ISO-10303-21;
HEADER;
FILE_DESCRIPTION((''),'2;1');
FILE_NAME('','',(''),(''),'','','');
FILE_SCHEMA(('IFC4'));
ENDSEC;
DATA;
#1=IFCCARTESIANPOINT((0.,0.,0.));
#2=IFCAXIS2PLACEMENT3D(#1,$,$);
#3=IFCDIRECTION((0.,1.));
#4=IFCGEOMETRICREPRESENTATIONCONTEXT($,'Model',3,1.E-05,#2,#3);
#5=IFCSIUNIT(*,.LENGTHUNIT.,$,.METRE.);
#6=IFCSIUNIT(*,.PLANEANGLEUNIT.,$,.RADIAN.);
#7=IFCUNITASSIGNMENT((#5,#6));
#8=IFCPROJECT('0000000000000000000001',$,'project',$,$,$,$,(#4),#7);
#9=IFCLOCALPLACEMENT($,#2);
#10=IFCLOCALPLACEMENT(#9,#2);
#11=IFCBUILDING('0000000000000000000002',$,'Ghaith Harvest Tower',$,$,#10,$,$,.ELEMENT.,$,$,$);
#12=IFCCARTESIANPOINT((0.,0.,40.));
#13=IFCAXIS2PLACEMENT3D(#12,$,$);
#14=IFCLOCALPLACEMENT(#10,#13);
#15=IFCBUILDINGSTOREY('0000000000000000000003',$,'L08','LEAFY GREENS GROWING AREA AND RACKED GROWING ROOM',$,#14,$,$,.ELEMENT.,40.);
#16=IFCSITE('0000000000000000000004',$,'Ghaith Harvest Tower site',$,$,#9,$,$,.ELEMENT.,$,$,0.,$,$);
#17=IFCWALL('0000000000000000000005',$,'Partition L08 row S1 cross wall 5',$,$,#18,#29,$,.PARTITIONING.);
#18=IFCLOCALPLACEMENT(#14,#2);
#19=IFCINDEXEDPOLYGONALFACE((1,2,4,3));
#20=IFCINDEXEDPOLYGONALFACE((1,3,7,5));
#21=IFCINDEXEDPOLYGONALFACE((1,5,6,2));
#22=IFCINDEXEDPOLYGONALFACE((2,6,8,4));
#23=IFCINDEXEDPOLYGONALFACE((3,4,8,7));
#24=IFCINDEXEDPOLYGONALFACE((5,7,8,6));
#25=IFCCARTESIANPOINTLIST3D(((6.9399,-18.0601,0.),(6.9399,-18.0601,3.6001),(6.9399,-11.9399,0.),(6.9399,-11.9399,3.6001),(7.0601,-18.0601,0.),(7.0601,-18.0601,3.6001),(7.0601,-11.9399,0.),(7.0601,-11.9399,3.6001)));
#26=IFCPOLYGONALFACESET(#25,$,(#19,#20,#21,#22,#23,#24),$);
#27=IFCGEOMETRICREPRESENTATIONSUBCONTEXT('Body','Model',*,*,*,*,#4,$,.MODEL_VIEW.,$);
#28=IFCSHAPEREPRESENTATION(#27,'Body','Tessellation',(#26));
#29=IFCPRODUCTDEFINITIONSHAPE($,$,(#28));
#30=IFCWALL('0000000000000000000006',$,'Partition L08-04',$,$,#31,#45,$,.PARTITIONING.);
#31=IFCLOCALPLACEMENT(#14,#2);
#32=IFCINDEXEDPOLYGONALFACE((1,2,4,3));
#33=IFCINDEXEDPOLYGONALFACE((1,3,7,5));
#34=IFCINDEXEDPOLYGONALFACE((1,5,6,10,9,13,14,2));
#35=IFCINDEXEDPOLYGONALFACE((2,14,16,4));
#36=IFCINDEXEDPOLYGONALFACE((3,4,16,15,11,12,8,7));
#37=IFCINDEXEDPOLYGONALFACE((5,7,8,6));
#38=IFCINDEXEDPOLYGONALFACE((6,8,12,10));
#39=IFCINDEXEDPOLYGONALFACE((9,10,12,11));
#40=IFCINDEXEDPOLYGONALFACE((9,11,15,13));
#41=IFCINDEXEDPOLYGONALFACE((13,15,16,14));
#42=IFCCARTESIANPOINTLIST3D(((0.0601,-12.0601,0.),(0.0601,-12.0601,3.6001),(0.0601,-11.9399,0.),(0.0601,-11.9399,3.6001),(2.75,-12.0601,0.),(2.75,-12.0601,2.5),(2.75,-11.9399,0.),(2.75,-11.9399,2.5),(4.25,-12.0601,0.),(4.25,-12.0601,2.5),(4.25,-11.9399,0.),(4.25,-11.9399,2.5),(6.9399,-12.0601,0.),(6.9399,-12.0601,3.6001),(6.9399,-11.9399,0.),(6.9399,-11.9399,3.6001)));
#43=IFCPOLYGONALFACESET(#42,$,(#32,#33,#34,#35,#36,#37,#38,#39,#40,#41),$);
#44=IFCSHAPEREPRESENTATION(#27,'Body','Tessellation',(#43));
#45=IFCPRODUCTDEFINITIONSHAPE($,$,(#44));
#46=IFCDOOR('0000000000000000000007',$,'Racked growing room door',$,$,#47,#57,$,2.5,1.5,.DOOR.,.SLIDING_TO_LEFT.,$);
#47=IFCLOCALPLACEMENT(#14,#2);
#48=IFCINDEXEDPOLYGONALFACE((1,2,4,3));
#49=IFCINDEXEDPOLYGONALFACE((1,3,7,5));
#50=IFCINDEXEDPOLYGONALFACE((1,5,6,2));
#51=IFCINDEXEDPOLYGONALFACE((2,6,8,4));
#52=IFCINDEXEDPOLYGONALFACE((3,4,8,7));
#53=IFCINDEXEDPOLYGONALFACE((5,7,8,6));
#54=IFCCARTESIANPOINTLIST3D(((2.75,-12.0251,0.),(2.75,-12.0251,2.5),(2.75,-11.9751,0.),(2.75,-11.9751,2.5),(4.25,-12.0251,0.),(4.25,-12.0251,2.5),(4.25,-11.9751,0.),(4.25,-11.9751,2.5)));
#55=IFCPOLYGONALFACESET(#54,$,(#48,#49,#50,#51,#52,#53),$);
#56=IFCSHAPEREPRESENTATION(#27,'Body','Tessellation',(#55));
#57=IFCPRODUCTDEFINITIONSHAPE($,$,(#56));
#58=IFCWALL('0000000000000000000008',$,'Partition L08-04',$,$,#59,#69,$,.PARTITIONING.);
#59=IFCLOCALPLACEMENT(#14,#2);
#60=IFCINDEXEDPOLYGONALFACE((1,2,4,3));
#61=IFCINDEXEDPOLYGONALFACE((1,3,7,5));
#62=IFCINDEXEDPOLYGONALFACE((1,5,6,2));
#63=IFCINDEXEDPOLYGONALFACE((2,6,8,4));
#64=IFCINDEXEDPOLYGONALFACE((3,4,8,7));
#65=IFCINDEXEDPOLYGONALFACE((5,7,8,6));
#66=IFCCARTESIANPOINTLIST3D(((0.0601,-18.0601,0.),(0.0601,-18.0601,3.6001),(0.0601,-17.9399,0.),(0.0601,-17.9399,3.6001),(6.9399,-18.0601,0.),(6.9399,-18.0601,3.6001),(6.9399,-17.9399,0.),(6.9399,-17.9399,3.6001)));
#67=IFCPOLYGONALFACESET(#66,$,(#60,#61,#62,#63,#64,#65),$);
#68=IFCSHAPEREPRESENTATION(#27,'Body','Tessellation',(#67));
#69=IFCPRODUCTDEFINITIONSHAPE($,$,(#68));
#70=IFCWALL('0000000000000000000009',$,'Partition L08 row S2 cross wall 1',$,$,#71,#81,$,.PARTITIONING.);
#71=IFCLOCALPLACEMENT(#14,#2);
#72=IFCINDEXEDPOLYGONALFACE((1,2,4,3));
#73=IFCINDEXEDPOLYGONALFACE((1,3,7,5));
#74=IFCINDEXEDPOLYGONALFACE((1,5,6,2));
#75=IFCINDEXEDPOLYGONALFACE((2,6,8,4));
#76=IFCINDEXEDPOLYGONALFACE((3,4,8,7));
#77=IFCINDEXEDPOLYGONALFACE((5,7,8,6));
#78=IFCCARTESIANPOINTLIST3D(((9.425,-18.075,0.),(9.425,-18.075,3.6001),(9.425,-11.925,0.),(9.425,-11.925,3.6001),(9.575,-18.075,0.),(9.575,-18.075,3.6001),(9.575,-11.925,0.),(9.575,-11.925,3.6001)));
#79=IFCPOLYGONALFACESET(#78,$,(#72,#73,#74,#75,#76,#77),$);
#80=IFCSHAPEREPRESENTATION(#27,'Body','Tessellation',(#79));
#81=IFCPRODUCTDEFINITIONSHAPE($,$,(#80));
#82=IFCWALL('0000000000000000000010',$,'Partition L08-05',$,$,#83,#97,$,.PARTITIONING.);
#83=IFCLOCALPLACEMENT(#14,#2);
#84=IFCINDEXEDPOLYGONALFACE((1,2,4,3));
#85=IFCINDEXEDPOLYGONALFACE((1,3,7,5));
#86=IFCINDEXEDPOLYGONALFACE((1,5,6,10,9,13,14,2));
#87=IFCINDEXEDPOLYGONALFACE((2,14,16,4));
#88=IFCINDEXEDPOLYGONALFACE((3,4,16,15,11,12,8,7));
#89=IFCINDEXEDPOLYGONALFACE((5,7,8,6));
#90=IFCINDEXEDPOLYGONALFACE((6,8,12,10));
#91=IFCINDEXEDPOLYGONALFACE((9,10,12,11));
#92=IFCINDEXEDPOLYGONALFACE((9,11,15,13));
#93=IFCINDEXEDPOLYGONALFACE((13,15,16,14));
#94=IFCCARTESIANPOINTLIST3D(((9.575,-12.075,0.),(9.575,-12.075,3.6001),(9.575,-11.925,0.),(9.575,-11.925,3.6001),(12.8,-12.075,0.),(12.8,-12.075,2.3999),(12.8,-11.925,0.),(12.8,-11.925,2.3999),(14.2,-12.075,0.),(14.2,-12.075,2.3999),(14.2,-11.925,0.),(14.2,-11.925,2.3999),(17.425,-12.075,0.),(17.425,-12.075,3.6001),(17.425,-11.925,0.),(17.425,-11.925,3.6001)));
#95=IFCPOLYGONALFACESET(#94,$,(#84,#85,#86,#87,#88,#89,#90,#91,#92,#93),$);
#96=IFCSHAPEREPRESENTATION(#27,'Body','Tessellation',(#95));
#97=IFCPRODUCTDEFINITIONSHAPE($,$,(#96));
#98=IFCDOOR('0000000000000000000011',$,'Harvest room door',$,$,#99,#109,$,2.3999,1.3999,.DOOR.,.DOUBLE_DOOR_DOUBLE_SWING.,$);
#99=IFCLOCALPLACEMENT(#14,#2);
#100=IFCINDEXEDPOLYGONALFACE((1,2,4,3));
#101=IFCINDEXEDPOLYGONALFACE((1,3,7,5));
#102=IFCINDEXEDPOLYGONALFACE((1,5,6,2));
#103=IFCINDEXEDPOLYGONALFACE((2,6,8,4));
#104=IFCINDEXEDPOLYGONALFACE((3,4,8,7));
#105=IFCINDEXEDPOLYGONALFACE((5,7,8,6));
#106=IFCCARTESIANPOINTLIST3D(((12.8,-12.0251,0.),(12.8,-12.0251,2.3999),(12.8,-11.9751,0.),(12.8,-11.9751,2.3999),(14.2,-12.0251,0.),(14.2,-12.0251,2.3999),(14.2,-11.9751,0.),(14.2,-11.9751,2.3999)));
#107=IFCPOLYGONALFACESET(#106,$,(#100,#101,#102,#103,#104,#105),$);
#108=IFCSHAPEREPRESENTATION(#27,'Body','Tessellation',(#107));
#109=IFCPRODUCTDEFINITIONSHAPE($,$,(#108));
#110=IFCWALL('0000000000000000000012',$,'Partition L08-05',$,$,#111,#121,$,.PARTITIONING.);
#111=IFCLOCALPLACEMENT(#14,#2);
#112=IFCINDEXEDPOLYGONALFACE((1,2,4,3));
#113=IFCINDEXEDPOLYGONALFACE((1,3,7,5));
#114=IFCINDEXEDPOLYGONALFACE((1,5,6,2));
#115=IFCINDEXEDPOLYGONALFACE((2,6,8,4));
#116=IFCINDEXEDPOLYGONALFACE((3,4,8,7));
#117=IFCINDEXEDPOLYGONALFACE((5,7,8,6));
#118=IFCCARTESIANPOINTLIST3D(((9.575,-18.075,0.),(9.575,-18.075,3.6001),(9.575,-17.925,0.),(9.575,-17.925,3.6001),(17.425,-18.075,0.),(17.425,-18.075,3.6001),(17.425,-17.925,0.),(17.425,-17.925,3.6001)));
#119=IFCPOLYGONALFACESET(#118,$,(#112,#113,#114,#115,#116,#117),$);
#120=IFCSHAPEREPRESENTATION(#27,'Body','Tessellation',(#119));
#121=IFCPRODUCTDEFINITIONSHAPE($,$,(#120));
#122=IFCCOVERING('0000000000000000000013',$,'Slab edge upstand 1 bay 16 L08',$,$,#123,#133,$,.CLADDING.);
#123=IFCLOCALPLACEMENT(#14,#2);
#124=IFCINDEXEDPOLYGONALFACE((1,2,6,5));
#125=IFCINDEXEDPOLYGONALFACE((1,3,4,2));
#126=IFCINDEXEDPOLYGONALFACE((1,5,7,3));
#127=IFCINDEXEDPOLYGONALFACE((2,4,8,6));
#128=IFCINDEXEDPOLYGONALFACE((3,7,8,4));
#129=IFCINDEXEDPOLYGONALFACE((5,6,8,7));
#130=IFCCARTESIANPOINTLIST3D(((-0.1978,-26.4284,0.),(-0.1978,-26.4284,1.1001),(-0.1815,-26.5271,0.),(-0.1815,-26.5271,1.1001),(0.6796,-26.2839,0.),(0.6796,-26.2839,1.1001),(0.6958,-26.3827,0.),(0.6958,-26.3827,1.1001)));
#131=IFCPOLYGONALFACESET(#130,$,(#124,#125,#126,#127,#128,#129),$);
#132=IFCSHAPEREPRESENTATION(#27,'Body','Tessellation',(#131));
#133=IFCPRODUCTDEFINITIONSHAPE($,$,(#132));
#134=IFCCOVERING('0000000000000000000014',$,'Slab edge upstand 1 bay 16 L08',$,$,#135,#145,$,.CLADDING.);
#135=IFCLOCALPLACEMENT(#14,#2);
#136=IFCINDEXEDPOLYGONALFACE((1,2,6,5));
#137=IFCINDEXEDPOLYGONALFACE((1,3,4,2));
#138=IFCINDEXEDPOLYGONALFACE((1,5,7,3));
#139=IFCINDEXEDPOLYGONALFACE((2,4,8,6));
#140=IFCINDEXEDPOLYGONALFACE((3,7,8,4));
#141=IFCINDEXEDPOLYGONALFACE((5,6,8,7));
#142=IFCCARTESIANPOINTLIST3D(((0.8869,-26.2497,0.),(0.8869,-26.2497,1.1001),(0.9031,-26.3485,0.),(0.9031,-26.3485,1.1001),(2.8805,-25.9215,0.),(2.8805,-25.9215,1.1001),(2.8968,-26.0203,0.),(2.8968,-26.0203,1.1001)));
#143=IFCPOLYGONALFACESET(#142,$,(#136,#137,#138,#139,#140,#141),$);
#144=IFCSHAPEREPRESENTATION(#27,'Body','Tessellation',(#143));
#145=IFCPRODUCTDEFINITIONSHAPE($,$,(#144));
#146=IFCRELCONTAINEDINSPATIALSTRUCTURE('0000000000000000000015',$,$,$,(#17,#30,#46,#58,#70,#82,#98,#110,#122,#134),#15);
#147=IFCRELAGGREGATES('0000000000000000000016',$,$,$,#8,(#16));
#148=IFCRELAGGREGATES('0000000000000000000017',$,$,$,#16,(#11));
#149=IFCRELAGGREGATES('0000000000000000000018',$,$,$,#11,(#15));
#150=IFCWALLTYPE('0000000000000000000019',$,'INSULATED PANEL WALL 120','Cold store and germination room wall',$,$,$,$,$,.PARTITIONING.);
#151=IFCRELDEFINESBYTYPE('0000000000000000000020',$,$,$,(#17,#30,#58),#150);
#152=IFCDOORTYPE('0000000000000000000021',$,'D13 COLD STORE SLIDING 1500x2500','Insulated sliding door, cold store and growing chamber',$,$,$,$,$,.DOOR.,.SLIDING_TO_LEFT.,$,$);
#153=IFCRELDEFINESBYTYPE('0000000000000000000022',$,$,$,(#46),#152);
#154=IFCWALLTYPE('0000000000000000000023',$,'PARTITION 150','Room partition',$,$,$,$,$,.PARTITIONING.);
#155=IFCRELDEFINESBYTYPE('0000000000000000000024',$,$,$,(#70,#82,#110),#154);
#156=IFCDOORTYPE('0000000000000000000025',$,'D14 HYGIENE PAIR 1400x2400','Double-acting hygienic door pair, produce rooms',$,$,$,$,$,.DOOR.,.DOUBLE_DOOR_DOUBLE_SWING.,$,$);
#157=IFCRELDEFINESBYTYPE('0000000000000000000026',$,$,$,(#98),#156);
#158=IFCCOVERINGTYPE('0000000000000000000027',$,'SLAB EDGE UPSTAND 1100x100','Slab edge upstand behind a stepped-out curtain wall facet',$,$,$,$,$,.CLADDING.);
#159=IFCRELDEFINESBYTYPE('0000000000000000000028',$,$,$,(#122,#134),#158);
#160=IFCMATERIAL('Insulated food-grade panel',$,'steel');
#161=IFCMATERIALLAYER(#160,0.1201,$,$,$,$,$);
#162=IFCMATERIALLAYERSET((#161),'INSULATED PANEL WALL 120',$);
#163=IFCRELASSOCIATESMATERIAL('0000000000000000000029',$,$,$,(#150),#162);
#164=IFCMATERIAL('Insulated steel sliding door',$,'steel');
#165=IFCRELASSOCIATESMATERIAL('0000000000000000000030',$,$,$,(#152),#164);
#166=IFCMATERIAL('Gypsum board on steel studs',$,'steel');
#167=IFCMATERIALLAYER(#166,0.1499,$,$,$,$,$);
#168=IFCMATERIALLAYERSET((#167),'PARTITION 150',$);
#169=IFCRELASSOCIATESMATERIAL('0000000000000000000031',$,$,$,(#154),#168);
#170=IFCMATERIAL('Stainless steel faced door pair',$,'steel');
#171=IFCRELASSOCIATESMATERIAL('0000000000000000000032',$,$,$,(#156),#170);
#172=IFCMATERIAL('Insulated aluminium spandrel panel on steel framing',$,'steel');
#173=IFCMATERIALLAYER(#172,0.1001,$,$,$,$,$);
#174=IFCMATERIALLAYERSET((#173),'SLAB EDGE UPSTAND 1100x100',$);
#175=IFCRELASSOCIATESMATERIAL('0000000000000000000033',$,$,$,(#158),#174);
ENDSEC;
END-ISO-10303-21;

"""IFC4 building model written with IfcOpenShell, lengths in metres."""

from ifc_helpers import new_model, si_unit, direction, frame, frame_2d, origin, origin_2d, place, context, subcontext, project, spatial, rectangle, extrude, material, layer, layer_set, type_object, element, fill, save


model = new_model("IFC4")

# Units and contexts
model_context = context("Model", 3, precision=1e-05, world=origin(), true_north=direction((0.0, 1.0)))
body_context = subcontext(model_context, "Body", "Model", "MODEL_VIEW")
ifc_project = project(units=[si_unit("LENGTHUNIT", "METRE"), si_unit("PLANEANGLEUNIT", "RADIAN")], contexts=[model_context])

# Site, building, storey
site_placement = place(None, origin())
site = spatial("IfcSite", under=ifc_project, at=site_placement, Name="Ghaith Harvest Tower site", CompositionType="ELEMENT", RefElevation=0.0)
building_placement = place(site_placement, origin())
building = spatial("IfcBuilding", under=site, at=building_placement, Name="Ghaith Harvest Tower", CompositionType="ELEMENT")
storey_placement = place(building_placement, frame((0.0, 0.0, 40.0)))
storey = spatial("IfcBuildingStorey", under=building, at=storey_placement, Name="L08", Description="LEAFY GREENS GROWING AREA AND RACKED GROWING ROOM", CompositionType="ELEMENT", Elevation=40.0)

# Wall
ifc_material_1 = material(Name="Insulated food-grade panel", Category="steel")
ifc_layer_1 = layer(ifc_material_1, 0.1201)
ifc_layer_set_1 = layer_set([ifc_layer_1], Name="INSULATED PANEL WALL 120")
wall_type_1 = type_object("IfcWallType", Name="INSULATED PANEL WALL 120", Description="Cold store and germination room wall", PredefinedType="PARTITIONING", material=ifc_layer_set_1)
for number, where, z_axis, x_axis, name in (
    (1, (7.0, -11.9399, 0.0), (0.0, 0.0, 1.0), (0.0, -1.0, 0.0), "Partition L08 row S1 cross wall 5"),
):
    element("IfcWall", number, at=place(storey_placement, frame(where, z_axis=z_axis, x_axis=x_axis)), inside=storey, type_object=wall_type_1, Name=name, PredefinedType="PARTITIONING", context=body_context, shape_type="SweptSolid", body=[
        extrude(rectangle(XDim=6.1201, YDim=0.1201, at=frame_2d((3.0601, 0.0))), origin(), (0.0, 0.0, 1.0), 3.6001),
    ])

# Wall, opening, door
wall_1_placement = place(storey_placement, frame((0.0601, -12.0, 0.0), z_axis=(0.0, 0.0, 1.0), x_axis=(1.0, 0.0, 0.0)))
wall_1 = element("IfcWall", 2, at=wall_1_placement, inside=storey, type_object=wall_type_1, Name="Partition L08-04", PredefinedType="PARTITIONING", context=body_context, shape_type="SweptSolid", body=[
    extrude(rectangle(XDim=6.8799, YDim=0.1201, at=frame_2d((3.4399, 0.0))), origin(), (0.0, 0.0, 1.0), 3.6001),
])
opening_1_placement = place(wall_1_placement, frame((2.6899, 0.0, 0.0)))
opening_1 = element("IfcOpeningElement", 3, at=opening_1_placement, cuts=wall_1, PredefinedType="OPENING", context=body_context, shape_type="SweptSolid", body=[
    extrude(rectangle(XDim=1.5, YDim=2.5, at=frame_2d((0.75, 1.25))), frame((0.0, 0.0701, 0.0), z_axis=(0.0, -1.0, 0.0), x_axis=(1.0, 0.0, 0.0)), (0.0, 0.0, 1.0), 0.1401),
])
ifc_material_2 = material(Name="Insulated steel sliding door", Category="steel")
door_type_1 = type_object("IfcDoorType", Name="D13 COLD STORE SLIDING 1500x2500", Description="Insulated sliding door, cold store and growing chamber", OperationType="SLIDING_TO_LEFT", PredefinedType="DOOR", material=ifc_material_2)
door_1_placement = place(opening_1_placement, origin())
door_1 = element("IfcDoor", 4, at=door_1_placement, inside=storey, type_object=door_type_1, Name="Racked growing room door", OperationType="SLIDING_TO_LEFT", OverallHeight=2.5, OverallWidth=1.5, PredefinedType="DOOR", context=body_context, shape_type="SweptSolid", body=[
    extrude(rectangle(XDim=1.5, YDim=2.5, at=frame_2d((0.75, 1.25))), frame((0.0, 0.0249, 0.0), z_axis=(0.0, -1.0, 0.0), x_axis=(1.0, 0.0, 0.0)), (0.0, 0.0, 1.0), 0.05),
])
fill(opening_1, door_1)

# Walls
wall_2_placement = place(storey_placement, frame((0.0601, -18.0, 0.0), z_axis=(0.0, 0.0, 1.0), x_axis=(1.0, 0.0, 0.0)))
element("IfcWall", 5, at=wall_2_placement, inside=storey, type_object=wall_type_1, Name="Partition L08-04", PredefinedType="PARTITIONING", context=body_context, shape_type="SweptSolid", body=[
    extrude(rectangle(XDim=6.8799, YDim=0.1201, at=frame_2d((3.4399, 0.0))), origin(), (0.0, 0.0, 1.0), 3.6001),
])
ifc_material_3 = material(Name="Gypsum board on steel studs", Category="steel")
ifc_layer_2 = layer(ifc_material_3, 0.1499)
ifc_layer_set_2 = layer_set([ifc_layer_2], Name="PARTITION 150")
wall_type_2 = type_object("IfcWallType", Name="PARTITION 150", Description="Room partition", PredefinedType="PARTITIONING", material=ifc_layer_set_2)
wall_3_placement = place(storey_placement, frame((9.5, -11.925, 0.0), z_axis=(0.0, 0.0, 1.0), x_axis=(0.0, -1.0, 0.0)))
element("IfcWall", 6, at=wall_3_placement, inside=storey, type_object=wall_type_2, Name="Partition L08 row S2 cross wall 1", PredefinedType="PARTITIONING", context=body_context, shape_type="SweptSolid", body=[
    extrude(rectangle(XDim=6.1499, YDim=0.1499, at=frame_2d((3.075, 0.0))), origin(), (0.0, 0.0, 1.0), 3.6001),
])

# Wall, opening, door
wall_4_placement = place(storey_placement, frame((9.575, -12.0, 0.0), z_axis=(0.0, 0.0, 1.0), x_axis=(1.0, 0.0, 0.0)))
wall_4 = element("IfcWall", 7, at=wall_4_placement, inside=storey, type_object=wall_type_2, Name="Partition L08-05", PredefinedType="PARTITIONING", context=body_context, shape_type="SweptSolid", body=[
    extrude(rectangle(XDim=7.8501, YDim=0.1499, at=frame_2d((3.925, 0.0))), origin(), (0.0, 0.0, 1.0), 3.6001),
])
opening_2_placement = place(wall_4_placement, frame((3.2251, 0.0, 0.0)))
opening_2 = element("IfcOpeningElement", 8, at=opening_2_placement, cuts=wall_4, PredefinedType="OPENING", context=body_context, shape_type="SweptSolid", body=[
    extrude(rectangle(XDim=1.3999, YDim=2.3999, at=frame_2d((0.7, 1.2))), frame((0.0, 0.085, 0.0), z_axis=(0.0, -1.0, 0.0), x_axis=(1.0, 0.0, 0.0)), (0.0, 0.0, 1.0), 0.1699),
])
ifc_material_4 = material(Name="Stainless steel faced door pair", Category="steel")
door_type_2 = type_object("IfcDoorType", Name="D14 HYGIENE PAIR 1400x2400", Description="Double-acting hygienic door pair, produce rooms", OperationType="DOUBLE_DOOR_DOUBLE_SWING", PredefinedType="DOOR", material=ifc_material_4)
door_2_placement = place(opening_2_placement, origin())
door_2 = element("IfcDoor", 9, at=door_2_placement, inside=storey, type_object=door_type_2, Name="Harvest room door", OperationType="DOUBLE_DOOR_DOUBLE_SWING", OverallHeight=2.3999, OverallWidth=1.3999, PredefinedType="DOOR", context=body_context, shape_type="SweptSolid", body=[
    extrude(rectangle(XDim=1.3999, YDim=2.3999, at=frame_2d((0.7, 1.2))), frame((0.0, 0.0249, 0.0), z_axis=(0.0, -1.0, 0.0), x_axis=(1.0, 0.0, 0.0)), (0.0, 0.0, 1.0), 0.05),
])
fill(opening_2, door_2)

# Wall
wall_5_placement = place(storey_placement, frame((9.575, -18.0, 0.0), z_axis=(0.0, 0.0, 1.0), x_axis=(1.0, 0.0, 0.0)))
element("IfcWall", 10, at=wall_5_placement, inside=storey, type_object=wall_type_2, Name="Partition L08-05", PredefinedType="PARTITIONING", context=body_context, shape_type="SweptSolid", body=[
    extrude(rectangle(XDim=7.8501, YDim=0.1499, at=frame_2d((3.925, 0.0))), origin(), (0.0, 0.0, 1.0), 3.6001),
])

# Coverings
ifc_material_5 = material(Name="Insulated aluminium spandrel panel on steel framing", Category="steel")
ifc_layer_3 = layer(ifc_material_5, 0.1001)
ifc_layer_set_3 = layer_set([ifc_layer_3], Name="SLAB EDGE UPSTAND 1100x100")
covering_type = type_object("IfcCoveringType", Name="SLAB EDGE UPSTAND 1100x100", Description="Slab edge upstand behind a stepped-out curtain wall facet", PredefinedType="CLADDING", material=ifc_layer_set_3)
covering_1_placement = place(storey_placement, frame((0.249, -26.4055, 0.0), z_axis=(0.0, 0.0, 1.0), x_axis=(0.986716, 0.162453, 0.0)))
element("IfcCovering", 11, at=covering_1_placement, inside=storey, type_object=covering_type, Name="Slab edge upstand 1 bay 16 L08", PredefinedType="CLADDING", context=body_context, shape_type="SweptSolid", body=[
    extrude(rectangle(XDim=0.8892, YDim=0.1001, at=origin_2d()), origin(), (0.0, 0.0, 1.0), 1.1001),
])
covering_2_placement = place(storey_placement, frame((1.8918, -26.135, 0.0), z_axis=(0.0, 0.0, 1.0), x_axis=(0.986716, 0.162453, 0.0)))
element("IfcCovering", 12, at=covering_2_placement, inside=storey, type_object=covering_type, Name="Slab edge upstand 1 bay 16 L08", PredefinedType="CLADDING", context=body_context, shape_type="SweptSolid", body=[
    extrude(rectangle(XDim=2.0205, YDim=0.1001, at=origin_2d()), origin(), (0.0, 0.0, 1.0), 1.1001),
])

save(model, "model.ifc")
